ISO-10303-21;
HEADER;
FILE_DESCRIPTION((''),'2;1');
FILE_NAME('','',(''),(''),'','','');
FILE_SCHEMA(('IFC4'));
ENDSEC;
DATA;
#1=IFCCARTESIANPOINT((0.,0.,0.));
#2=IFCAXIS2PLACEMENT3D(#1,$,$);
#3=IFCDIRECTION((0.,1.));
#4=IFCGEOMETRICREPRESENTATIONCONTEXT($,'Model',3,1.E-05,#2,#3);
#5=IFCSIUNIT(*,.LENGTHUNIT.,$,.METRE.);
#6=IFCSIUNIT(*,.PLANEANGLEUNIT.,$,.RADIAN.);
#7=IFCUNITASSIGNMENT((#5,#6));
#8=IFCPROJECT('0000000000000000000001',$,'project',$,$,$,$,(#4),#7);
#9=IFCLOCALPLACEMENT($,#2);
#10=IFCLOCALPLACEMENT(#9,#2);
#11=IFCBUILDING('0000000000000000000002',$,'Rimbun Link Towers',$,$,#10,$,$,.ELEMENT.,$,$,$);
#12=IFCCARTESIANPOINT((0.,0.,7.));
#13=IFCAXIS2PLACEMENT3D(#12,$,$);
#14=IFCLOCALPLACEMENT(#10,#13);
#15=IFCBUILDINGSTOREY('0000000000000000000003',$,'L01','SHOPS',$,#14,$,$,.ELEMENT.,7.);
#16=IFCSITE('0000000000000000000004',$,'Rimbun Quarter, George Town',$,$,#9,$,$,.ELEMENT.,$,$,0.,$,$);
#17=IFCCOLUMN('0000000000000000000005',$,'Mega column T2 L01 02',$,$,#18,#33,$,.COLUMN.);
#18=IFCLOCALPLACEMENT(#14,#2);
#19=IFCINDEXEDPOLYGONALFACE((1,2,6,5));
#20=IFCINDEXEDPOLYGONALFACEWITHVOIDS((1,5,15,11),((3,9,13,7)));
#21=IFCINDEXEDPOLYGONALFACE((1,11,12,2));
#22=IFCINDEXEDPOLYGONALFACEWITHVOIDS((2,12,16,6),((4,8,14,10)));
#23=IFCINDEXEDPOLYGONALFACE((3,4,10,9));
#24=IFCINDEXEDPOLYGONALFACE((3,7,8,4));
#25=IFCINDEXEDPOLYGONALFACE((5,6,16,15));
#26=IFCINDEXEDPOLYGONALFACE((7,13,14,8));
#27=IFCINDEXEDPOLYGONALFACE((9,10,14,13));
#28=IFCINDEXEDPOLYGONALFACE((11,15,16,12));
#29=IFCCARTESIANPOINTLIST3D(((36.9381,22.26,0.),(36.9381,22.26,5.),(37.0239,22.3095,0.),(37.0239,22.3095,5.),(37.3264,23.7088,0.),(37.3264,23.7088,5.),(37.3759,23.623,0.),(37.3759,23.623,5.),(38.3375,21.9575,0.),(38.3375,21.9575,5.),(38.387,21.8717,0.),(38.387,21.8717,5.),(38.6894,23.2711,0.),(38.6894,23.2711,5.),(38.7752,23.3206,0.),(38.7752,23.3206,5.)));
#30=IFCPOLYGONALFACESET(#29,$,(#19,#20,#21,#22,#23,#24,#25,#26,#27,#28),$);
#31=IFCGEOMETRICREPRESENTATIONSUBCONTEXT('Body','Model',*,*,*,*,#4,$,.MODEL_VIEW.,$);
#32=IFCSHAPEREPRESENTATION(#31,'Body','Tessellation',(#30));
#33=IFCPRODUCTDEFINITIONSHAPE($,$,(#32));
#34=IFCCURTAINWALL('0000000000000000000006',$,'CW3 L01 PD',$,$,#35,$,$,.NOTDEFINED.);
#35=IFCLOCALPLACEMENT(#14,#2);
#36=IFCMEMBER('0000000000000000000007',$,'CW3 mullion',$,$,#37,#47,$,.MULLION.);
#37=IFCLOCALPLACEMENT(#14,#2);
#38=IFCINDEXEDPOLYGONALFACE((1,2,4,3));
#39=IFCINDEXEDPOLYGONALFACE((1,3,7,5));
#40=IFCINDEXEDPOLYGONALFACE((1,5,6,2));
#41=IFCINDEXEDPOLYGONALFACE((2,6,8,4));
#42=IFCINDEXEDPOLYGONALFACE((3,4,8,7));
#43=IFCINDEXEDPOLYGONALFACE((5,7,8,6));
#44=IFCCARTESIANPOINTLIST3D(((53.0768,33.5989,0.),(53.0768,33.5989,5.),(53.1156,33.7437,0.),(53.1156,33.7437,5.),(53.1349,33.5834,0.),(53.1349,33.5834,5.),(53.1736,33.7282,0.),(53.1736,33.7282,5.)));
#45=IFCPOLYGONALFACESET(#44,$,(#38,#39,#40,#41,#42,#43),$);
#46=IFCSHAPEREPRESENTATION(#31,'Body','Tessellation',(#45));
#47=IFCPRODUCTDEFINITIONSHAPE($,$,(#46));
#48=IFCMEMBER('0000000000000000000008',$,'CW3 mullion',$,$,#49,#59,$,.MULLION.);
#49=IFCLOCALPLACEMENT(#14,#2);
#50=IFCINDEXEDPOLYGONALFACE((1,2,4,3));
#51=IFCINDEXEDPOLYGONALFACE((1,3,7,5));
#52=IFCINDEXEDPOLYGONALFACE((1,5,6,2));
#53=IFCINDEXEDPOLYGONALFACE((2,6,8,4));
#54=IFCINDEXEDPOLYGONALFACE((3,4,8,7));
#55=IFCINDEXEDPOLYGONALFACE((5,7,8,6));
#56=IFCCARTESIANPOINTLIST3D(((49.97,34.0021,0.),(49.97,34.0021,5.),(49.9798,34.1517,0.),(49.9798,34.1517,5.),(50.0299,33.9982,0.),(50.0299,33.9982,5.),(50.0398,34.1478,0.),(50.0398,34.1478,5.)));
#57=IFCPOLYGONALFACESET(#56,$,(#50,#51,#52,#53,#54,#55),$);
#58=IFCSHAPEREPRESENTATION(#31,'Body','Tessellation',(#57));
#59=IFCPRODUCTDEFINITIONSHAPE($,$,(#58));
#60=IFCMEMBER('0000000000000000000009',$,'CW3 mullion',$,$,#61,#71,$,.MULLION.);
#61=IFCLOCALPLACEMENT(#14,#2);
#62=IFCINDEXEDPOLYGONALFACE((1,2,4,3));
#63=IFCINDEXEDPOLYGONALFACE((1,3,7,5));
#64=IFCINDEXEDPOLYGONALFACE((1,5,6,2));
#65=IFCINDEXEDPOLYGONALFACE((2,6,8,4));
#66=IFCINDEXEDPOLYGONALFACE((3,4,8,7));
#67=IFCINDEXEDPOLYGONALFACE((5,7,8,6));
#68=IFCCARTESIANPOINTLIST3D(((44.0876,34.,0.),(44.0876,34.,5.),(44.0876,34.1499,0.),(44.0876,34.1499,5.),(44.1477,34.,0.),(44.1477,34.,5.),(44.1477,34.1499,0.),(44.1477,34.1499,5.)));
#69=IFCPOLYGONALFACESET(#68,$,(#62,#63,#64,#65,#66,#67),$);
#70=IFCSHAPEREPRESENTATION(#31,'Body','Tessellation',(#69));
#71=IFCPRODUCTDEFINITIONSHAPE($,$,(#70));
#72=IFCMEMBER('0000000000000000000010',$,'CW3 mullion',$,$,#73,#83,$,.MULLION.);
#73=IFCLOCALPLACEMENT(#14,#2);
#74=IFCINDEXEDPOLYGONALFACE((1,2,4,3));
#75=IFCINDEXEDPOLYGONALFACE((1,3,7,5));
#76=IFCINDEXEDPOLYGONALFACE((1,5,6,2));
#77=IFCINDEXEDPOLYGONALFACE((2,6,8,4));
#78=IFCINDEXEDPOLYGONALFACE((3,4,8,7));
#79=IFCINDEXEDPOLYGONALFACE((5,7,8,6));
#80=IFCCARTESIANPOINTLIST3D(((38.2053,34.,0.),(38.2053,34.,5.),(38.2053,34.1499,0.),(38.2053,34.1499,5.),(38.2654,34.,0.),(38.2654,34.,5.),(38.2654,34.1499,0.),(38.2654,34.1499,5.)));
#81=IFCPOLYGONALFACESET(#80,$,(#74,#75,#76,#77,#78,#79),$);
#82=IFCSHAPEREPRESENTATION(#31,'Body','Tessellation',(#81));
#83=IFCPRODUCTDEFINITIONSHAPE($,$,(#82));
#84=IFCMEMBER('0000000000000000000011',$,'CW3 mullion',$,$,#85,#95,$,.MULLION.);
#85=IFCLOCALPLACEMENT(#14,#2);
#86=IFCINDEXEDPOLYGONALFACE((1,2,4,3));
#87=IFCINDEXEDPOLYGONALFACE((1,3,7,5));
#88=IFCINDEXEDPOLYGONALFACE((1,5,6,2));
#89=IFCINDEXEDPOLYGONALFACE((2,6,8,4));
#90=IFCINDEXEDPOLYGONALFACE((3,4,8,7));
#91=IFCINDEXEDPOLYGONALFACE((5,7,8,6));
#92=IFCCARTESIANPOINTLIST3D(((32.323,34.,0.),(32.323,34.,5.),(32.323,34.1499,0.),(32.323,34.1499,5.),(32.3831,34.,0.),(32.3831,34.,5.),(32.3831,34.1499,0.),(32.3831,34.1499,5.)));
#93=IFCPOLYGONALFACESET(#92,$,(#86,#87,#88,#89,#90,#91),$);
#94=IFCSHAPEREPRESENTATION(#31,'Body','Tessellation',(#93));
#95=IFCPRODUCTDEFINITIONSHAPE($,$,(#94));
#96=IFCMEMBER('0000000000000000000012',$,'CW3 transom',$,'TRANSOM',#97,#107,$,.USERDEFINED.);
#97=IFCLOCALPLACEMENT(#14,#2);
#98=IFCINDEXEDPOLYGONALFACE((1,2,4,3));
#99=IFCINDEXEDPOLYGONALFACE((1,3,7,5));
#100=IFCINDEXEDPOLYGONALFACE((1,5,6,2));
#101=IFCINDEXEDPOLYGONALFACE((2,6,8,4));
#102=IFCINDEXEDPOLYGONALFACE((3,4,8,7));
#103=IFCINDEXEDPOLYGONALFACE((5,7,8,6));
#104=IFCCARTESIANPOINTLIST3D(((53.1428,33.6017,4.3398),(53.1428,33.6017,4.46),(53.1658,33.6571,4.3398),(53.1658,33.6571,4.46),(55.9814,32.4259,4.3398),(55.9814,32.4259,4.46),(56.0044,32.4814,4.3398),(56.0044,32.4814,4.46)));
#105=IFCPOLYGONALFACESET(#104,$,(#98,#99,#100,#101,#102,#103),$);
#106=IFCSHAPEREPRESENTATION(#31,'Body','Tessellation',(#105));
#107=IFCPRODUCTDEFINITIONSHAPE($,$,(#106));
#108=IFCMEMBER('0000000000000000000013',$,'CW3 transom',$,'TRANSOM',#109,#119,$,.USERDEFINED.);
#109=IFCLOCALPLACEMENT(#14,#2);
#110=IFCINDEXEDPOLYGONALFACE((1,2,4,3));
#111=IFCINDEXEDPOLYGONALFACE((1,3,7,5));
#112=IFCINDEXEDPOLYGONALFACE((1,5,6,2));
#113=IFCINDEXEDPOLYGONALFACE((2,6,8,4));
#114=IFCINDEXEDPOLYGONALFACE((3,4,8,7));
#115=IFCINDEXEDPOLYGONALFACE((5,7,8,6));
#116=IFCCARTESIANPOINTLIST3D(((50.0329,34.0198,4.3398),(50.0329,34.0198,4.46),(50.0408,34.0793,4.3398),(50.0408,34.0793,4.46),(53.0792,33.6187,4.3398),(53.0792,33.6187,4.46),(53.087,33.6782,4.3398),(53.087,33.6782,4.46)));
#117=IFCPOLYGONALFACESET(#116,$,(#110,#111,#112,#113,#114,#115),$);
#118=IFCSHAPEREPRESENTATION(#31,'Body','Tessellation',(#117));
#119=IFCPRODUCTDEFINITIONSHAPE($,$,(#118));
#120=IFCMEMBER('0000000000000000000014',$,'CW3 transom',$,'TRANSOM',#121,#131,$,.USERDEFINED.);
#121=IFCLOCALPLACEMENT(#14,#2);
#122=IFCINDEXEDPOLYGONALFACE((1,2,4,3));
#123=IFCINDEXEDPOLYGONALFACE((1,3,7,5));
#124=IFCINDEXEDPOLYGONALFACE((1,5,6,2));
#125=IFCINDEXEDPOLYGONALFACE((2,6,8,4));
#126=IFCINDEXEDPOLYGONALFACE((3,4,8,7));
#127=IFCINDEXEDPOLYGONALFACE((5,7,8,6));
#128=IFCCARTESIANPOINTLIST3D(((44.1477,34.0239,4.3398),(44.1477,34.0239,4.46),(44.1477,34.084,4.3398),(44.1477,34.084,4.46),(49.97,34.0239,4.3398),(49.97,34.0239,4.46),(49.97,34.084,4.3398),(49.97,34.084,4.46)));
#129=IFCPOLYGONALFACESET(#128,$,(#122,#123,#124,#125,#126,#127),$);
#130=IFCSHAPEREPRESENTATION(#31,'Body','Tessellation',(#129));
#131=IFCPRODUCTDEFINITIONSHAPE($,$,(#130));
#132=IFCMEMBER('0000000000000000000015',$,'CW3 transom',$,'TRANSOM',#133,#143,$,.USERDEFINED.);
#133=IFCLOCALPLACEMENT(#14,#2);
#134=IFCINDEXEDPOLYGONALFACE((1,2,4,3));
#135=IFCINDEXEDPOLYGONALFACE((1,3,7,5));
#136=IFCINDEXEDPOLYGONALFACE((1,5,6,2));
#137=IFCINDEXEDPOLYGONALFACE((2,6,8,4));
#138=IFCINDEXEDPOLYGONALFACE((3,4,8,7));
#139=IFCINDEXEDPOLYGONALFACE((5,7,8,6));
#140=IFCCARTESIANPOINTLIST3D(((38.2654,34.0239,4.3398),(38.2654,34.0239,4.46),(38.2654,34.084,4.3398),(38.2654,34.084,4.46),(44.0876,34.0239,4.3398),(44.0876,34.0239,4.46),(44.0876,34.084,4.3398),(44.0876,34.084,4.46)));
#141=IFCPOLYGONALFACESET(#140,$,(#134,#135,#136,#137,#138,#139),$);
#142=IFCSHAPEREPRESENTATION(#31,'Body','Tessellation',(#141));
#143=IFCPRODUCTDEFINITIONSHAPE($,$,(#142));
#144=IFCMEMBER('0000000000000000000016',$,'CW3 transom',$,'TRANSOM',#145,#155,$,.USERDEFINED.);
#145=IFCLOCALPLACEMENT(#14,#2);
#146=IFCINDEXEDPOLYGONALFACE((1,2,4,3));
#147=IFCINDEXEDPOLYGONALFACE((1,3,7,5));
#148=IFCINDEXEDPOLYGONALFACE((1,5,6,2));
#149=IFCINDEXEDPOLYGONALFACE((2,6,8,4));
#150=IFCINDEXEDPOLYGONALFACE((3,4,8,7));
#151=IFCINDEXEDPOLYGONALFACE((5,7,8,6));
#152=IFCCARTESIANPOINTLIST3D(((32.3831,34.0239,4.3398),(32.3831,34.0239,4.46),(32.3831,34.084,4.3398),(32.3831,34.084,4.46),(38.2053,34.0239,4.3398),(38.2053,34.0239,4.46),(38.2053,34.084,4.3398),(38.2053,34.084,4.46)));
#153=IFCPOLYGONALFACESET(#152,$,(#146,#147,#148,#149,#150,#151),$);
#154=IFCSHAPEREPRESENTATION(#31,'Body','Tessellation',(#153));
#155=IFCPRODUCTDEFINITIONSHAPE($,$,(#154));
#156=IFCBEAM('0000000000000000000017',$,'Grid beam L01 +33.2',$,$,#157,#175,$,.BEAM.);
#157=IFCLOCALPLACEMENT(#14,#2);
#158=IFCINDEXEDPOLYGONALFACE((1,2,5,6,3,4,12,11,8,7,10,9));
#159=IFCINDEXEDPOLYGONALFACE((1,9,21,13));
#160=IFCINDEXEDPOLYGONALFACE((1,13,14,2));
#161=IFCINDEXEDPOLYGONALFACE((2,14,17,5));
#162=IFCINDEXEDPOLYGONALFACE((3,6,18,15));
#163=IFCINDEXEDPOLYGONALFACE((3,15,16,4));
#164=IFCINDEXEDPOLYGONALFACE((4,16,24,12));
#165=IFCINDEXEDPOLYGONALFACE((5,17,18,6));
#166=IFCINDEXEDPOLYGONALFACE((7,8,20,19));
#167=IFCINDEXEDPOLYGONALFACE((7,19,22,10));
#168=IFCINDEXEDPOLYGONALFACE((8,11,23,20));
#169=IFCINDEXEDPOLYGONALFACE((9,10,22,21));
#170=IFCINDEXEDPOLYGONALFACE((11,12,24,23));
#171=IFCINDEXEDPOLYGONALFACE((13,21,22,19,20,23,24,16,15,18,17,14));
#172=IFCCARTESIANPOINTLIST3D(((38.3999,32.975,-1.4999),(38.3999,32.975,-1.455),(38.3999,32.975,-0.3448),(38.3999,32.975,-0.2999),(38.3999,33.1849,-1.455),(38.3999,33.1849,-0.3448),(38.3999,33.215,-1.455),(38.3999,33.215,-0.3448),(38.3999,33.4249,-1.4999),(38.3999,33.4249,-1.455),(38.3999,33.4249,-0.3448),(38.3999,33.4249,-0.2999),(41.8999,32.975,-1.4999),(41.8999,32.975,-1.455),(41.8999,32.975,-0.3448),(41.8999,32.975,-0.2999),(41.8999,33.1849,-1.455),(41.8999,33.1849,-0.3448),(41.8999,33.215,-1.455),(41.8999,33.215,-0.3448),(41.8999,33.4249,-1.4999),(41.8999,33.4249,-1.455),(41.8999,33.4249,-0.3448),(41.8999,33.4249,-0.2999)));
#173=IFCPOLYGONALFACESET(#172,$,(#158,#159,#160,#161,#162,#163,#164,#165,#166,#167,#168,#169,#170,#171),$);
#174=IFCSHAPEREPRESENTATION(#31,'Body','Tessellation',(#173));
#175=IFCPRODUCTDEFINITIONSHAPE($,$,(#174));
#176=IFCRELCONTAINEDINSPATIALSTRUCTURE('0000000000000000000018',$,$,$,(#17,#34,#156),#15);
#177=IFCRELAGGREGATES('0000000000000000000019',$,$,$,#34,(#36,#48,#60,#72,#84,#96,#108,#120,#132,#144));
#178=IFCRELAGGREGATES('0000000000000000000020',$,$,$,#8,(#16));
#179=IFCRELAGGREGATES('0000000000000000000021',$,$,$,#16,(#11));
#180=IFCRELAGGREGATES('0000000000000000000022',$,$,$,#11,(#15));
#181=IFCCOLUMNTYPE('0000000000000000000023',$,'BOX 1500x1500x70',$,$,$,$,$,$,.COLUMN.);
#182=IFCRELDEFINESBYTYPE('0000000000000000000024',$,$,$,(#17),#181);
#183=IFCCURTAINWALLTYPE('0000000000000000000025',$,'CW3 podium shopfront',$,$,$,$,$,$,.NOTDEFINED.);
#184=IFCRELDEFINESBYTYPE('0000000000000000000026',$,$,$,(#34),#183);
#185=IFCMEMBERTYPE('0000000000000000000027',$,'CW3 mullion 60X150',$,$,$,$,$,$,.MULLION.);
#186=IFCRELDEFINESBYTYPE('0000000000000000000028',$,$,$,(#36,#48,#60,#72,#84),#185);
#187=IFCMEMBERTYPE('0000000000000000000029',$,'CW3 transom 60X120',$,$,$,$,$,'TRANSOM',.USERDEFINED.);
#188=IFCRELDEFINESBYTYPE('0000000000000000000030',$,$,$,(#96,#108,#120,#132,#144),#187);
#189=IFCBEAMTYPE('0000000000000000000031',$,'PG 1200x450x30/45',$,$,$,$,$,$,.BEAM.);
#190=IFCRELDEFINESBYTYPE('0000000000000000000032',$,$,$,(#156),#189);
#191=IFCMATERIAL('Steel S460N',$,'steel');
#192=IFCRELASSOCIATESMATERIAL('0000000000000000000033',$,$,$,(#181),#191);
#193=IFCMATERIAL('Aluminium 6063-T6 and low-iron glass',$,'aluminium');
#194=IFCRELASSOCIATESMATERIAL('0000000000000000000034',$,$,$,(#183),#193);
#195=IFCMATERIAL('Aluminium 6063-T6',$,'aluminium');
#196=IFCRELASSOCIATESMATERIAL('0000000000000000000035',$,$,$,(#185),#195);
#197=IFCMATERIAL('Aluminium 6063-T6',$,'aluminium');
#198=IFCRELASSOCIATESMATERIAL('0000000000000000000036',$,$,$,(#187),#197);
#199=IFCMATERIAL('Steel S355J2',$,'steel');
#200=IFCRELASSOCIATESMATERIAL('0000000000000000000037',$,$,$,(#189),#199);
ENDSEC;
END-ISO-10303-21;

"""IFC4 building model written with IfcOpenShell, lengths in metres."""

from ifc_helpers import new_model, si_unit, direction, frame, origin, origin_2d, place, context, subcontext, project, spatial, rectangle, hollow_rectangle, i_section, extrude, material, material_profile, profile_set, type_object, element, aggregate, save


model = new_model("IFC4")

# Units and contexts
model_context = context("Model", 3, precision=1e-05, world=origin(), true_north=direction((0.0, 1.0)))
body_context = subcontext(model_context, "Body", "Model", "MODEL_VIEW")
ifc_project = project(units=[si_unit("LENGTHUNIT", "METRE"), si_unit("PLANEANGLEUNIT", "RADIAN")], contexts=[model_context])

# Site, building, storey
site_placement = place(None, origin())
site = spatial("IfcSite", under=ifc_project, at=site_placement, Name="Rimbun Quarter, George Town", CompositionType="ELEMENT", RefElevation=0.0)
building_placement = place(site_placement, origin())
building = spatial("IfcBuilding", under=site, at=building_placement, Name="Rimbun Link Towers", CompositionType="ELEMENT")
storey_placement = place(building_placement, frame((0.0, 0.0, 7.0)))
storey = spatial("IfcBuildingStorey", under=building, at=storey_placement, Name="L01", Description="SHOPS", CompositionType="ELEMENT", Elevation=7.0)

# Column
ifc_material_1 = material(Name="Steel S460N", Category="steel")
ifc_material_profile_1 = material_profile(ifc_material_1, hollow_rectangle(XDim=1.5, YDim=1.5, WallThickness=0.0701, at=origin_2d()), Name="BOX 1500x1500x70")
ifc_profile_set_1 = profile_set([ifc_material_profile_1], Name="Steel S460N")
column_type = type_object("IfcColumnType", Name="BOX 1500x1500x70", PredefinedType="COLUMN", material=ifc_profile_set_1)
column_placement = place(storey_placement, frame((37.8567, 22.7903, 0.0), z_axis=(0.0, 0.0, 1.0), x_axis=(0.258819, 0.965926, 0.0)))
element("IfcColumn", 1, at=column_placement, inside=storey, type_object=column_type, Name="Mega column T2 L01 02", PredefinedType="COLUMN", context=body_context, shape_type="SweptSolid", body=[
    extrude(hollow_rectangle(XDim=1.5, YDim=1.5, WallThickness=0.0701, at=origin_2d()), origin(), (0.0, 0.0, 1.0), 5.0),
])

# Curtain wall, members
ifc_material_2 = material(Name="Aluminium 6063-T6 and low-iron glass", Category="aluminium")
curtain_wall_type = type_object("IfcCurtainWallType", Name="CW3 podium shopfront", PredefinedType="NOTDEFINED", material=ifc_material_2)
curtain_wall_placement = place(storey_placement, origin())
curtain_wall = element("IfcCurtainWall", 2, at=curtain_wall_placement, inside=storey, type_object=curtain_wall_type, Name="CW3 L01 PD", PredefinedType="NOTDEFINED")
ifc_material_3 = material(Name="Aluminium 6063-T6", Category="aluminium")
ifc_material_profile_2 = material_profile(ifc_material_3, rectangle(XDim=0.1499, YDim=0.0601, at=origin_2d()), Name="MULLION 60X150")
ifc_profile_set_2 = profile_set([ifc_material_profile_2], Name="Aluminium 6063-T6")
member_type_1 = type_object("IfcMemberType", Name="CW3 mullion 60X150", PredefinedType="MULLION", material=ifc_profile_set_2)
member_1_placement = place(storey_placement, frame((53.1252, 33.6636, 0.0), z_axis=(0.0, 0.0, 1.0), x_axis=(0.258819, 0.965926, 0.0)))
member_1 = element("IfcMember", 3, at=member_1_placement, type_object=member_type_1, Name="CW3 mullion", PredefinedType="MULLION", context=body_context, shape_type="SweptSolid", body=[
    extrude(rectangle(XDim=0.1499, YDim=0.0601, at=origin_2d()), origin(), (0.0, 0.0, 1.0), 5.0),
])
member_2_placement = place(storey_placement, frame((50.0049, 34.075, 0.0), z_axis=(0.0, 0.0, 1.0), x_axis=(0.065405, 0.997859, 0.0)))
member_2 = element("IfcMember", 4, at=member_2_placement, type_object=member_type_1, Name="CW3 mullion", PredefinedType="MULLION", context=body_context, shape_type="SweptSolid", body=[
    extrude(rectangle(XDim=0.1499, YDim=0.0601, at=origin_2d()), origin(), (0.0, 0.0, 1.0), 5.0),
])
member_3_placement = place(storey_placement, frame((44.1177, 34.075, 0.0), z_axis=(0.0, 0.0, 1.0), x_axis=(0.0, 1.0, 0.0)))
member_3 = element("IfcMember", 5, at=member_3_placement, type_object=member_type_1, Name="CW3 mullion", PredefinedType="MULLION", context=body_context, shape_type="SweptSolid", body=[
    extrude(rectangle(XDim=0.1499, YDim=0.0601, at=origin_2d()), origin(), (0.0, 0.0, 1.0), 5.0),
])
member_4_placement = place(storey_placement, frame((38.2354, 34.075, 0.0), z_axis=(0.0, 0.0, 1.0), x_axis=(0.0, 1.0, 0.0)))
member_4 = element("IfcMember", 6, at=member_4_placement, type_object=member_type_1, Name="CW3 mullion", PredefinedType="MULLION", context=body_context, shape_type="SweptSolid", body=[
    extrude(rectangle(XDim=0.1499, YDim=0.0601, at=origin_2d()), origin(), (0.0, 0.0, 1.0), 5.0),
])
member_5_placement = place(storey_placement, frame((32.353, 34.075, 0.0), z_axis=(0.0, 0.0, 1.0), x_axis=(0.0, 1.0, 0.0)))
member_5 = element("IfcMember", 7, at=member_5_placement, type_object=member_type_1, Name="CW3 mullion", PredefinedType="MULLION", context=body_context, shape_type="SweptSolid", body=[
    extrude(rectangle(XDim=0.1499, YDim=0.0601, at=origin_2d()), origin(), (0.0, 0.0, 1.0), 5.0),
])
ifc_material_4 = material(Name="Aluminium 6063-T6", Category="aluminium")
ifc_material_profile_3 = material_profile(ifc_material_4, rectangle(XDim=0.0601, YDim=0.1201, at=origin_2d()), Name="TRANSOM 60X120")
ifc_profile_set_3 = profile_set([ifc_material_profile_3], Name="Aluminium 6063-T6")
member_type_2 = type_object("IfcMemberType", Name="CW3 transom 60X120", ElementType="TRANSOM", PredefinedType="USERDEFINED", material=ifc_profile_set_3)
member_6_placement = place(storey_placement, frame((53.1543, 33.6294, 4.3999), z_axis=(0.923881, -0.382679, 0.0), x_axis=(0.382679, 0.923881, 0.0)))
member_6 = element("IfcMember", 8, at=member_6_placement, type_object=member_type_2, Name="CW3 transom", ObjectType="TRANSOM", PredefinedType="USERDEFINED", context=body_context, shape_type="SweptSolid", body=[
    extrude(rectangle(XDim=0.0601, YDim=0.1201, at=origin_2d()), origin(), (0.0, 0.0, 1.0), 3.0725),
])
member_7_placement = place(storey_placement, frame((50.0369, 34.0496, 4.3999), z_axis=(0.991441, -0.130555, 0.0), x_axis=(0.130555, 0.991441, 0.0)))
member_7 = element("IfcMember", 9, at=member_7_placement, type_object=member_type_2, Name="CW3 transom", ObjectType="TRANSOM", PredefinedType="USERDEFINED", context=body_context, shape_type="SweptSolid", body=[
    extrude(rectangle(XDim=0.0601, YDim=0.1201, at=origin_2d()), origin(), (0.0, 0.0, 1.0), 3.0725),
])
member_8_placement = place(storey_placement, frame((44.1477, 34.054, 4.3999), z_axis=(1.0, 0.0, 0.0), x_axis=(0.0, 1.0, 0.0)))
member_8 = element("IfcMember", 10, at=member_8_placement, type_object=member_type_2, Name="CW3 transom", ObjectType="TRANSOM", PredefinedType="USERDEFINED", context=body_context, shape_type="SweptSolid", body=[
    extrude(rectangle(XDim=0.0601, YDim=0.1201, at=origin_2d()), origin(), (0.0, 0.0, 1.0), 5.8223),
])
member_9_placement = place(storey_placement, frame((38.2654, 34.054, 4.3999), z_axis=(1.0, 0.0, 0.0), x_axis=(0.0, 1.0, 0.0)))
member_9 = element("IfcMember", 11, at=member_9_placement, type_object=member_type_2, Name="CW3 transom", ObjectType="TRANSOM", PredefinedType="USERDEFINED", context=body_context, shape_type="SweptSolid", body=[
    extrude(rectangle(XDim=0.0601, YDim=0.1201, at=origin_2d()), origin(), (0.0, 0.0, 1.0), 5.8223),
])
member_10_placement = place(storey_placement, frame((32.3831, 34.054, 4.3999), z_axis=(1.0, 0.0, 0.0), x_axis=(0.0, 1.0, 0.0)))
member_10 = element("IfcMember", 12, at=member_10_placement, type_object=member_type_2, Name="CW3 transom", ObjectType="TRANSOM", PredefinedType="USERDEFINED", context=body_context, shape_type="SweptSolid", body=[
    extrude(rectangle(XDim=0.0601, YDim=0.1201, at=origin_2d()), origin(), (0.0, 0.0, 1.0), 5.8223),
])

# Beam
ifc_material_5 = material(Name="Steel S355J2", Category="steel")
ifc_material_profile_4 = material_profile(ifc_material_5, i_section(OverallWidth=0.45, OverallDepth=1.2, WebThickness=0.03, FlangeThickness=0.0449, at=origin_2d()), Name="PG 1200x450x30/45")
ifc_profile_set_4 = profile_set([ifc_material_profile_4], Name="Steel S355J2")
beam_type_1 = type_object("IfcBeamType", Name="PG 1200x450x30/45", PredefinedType="BEAM", material=ifc_profile_set_4)
beam_1_placement = place(storey_placement, frame((38.3999, 33.2, -0.8999), z_axis=(1.0, 0.0, 0.0), x_axis=(0.0, 1.0, 0.0)))
element("IfcBeam", 13, at=beam_1_placement, inside=storey, type_object=beam_type_1, Name="Grid beam L01 +33.2", PredefinedType="BEAM", context=body_context, shape_type="SweptSolid", body=[
    extrude(i_section(OverallWidth=0.45, OverallDepth=1.2, WebThickness=0.03, FlangeThickness=0.0449, at=origin_2d()), origin(), (0.0, 0.0, 1.0), 3.5),
])

aggregate(curtain_wall, [member_1, member_2, member_3, member_4, member_5, member_6, member_7, member_8, member_9, member_10])

save(model, "model.ifc")
